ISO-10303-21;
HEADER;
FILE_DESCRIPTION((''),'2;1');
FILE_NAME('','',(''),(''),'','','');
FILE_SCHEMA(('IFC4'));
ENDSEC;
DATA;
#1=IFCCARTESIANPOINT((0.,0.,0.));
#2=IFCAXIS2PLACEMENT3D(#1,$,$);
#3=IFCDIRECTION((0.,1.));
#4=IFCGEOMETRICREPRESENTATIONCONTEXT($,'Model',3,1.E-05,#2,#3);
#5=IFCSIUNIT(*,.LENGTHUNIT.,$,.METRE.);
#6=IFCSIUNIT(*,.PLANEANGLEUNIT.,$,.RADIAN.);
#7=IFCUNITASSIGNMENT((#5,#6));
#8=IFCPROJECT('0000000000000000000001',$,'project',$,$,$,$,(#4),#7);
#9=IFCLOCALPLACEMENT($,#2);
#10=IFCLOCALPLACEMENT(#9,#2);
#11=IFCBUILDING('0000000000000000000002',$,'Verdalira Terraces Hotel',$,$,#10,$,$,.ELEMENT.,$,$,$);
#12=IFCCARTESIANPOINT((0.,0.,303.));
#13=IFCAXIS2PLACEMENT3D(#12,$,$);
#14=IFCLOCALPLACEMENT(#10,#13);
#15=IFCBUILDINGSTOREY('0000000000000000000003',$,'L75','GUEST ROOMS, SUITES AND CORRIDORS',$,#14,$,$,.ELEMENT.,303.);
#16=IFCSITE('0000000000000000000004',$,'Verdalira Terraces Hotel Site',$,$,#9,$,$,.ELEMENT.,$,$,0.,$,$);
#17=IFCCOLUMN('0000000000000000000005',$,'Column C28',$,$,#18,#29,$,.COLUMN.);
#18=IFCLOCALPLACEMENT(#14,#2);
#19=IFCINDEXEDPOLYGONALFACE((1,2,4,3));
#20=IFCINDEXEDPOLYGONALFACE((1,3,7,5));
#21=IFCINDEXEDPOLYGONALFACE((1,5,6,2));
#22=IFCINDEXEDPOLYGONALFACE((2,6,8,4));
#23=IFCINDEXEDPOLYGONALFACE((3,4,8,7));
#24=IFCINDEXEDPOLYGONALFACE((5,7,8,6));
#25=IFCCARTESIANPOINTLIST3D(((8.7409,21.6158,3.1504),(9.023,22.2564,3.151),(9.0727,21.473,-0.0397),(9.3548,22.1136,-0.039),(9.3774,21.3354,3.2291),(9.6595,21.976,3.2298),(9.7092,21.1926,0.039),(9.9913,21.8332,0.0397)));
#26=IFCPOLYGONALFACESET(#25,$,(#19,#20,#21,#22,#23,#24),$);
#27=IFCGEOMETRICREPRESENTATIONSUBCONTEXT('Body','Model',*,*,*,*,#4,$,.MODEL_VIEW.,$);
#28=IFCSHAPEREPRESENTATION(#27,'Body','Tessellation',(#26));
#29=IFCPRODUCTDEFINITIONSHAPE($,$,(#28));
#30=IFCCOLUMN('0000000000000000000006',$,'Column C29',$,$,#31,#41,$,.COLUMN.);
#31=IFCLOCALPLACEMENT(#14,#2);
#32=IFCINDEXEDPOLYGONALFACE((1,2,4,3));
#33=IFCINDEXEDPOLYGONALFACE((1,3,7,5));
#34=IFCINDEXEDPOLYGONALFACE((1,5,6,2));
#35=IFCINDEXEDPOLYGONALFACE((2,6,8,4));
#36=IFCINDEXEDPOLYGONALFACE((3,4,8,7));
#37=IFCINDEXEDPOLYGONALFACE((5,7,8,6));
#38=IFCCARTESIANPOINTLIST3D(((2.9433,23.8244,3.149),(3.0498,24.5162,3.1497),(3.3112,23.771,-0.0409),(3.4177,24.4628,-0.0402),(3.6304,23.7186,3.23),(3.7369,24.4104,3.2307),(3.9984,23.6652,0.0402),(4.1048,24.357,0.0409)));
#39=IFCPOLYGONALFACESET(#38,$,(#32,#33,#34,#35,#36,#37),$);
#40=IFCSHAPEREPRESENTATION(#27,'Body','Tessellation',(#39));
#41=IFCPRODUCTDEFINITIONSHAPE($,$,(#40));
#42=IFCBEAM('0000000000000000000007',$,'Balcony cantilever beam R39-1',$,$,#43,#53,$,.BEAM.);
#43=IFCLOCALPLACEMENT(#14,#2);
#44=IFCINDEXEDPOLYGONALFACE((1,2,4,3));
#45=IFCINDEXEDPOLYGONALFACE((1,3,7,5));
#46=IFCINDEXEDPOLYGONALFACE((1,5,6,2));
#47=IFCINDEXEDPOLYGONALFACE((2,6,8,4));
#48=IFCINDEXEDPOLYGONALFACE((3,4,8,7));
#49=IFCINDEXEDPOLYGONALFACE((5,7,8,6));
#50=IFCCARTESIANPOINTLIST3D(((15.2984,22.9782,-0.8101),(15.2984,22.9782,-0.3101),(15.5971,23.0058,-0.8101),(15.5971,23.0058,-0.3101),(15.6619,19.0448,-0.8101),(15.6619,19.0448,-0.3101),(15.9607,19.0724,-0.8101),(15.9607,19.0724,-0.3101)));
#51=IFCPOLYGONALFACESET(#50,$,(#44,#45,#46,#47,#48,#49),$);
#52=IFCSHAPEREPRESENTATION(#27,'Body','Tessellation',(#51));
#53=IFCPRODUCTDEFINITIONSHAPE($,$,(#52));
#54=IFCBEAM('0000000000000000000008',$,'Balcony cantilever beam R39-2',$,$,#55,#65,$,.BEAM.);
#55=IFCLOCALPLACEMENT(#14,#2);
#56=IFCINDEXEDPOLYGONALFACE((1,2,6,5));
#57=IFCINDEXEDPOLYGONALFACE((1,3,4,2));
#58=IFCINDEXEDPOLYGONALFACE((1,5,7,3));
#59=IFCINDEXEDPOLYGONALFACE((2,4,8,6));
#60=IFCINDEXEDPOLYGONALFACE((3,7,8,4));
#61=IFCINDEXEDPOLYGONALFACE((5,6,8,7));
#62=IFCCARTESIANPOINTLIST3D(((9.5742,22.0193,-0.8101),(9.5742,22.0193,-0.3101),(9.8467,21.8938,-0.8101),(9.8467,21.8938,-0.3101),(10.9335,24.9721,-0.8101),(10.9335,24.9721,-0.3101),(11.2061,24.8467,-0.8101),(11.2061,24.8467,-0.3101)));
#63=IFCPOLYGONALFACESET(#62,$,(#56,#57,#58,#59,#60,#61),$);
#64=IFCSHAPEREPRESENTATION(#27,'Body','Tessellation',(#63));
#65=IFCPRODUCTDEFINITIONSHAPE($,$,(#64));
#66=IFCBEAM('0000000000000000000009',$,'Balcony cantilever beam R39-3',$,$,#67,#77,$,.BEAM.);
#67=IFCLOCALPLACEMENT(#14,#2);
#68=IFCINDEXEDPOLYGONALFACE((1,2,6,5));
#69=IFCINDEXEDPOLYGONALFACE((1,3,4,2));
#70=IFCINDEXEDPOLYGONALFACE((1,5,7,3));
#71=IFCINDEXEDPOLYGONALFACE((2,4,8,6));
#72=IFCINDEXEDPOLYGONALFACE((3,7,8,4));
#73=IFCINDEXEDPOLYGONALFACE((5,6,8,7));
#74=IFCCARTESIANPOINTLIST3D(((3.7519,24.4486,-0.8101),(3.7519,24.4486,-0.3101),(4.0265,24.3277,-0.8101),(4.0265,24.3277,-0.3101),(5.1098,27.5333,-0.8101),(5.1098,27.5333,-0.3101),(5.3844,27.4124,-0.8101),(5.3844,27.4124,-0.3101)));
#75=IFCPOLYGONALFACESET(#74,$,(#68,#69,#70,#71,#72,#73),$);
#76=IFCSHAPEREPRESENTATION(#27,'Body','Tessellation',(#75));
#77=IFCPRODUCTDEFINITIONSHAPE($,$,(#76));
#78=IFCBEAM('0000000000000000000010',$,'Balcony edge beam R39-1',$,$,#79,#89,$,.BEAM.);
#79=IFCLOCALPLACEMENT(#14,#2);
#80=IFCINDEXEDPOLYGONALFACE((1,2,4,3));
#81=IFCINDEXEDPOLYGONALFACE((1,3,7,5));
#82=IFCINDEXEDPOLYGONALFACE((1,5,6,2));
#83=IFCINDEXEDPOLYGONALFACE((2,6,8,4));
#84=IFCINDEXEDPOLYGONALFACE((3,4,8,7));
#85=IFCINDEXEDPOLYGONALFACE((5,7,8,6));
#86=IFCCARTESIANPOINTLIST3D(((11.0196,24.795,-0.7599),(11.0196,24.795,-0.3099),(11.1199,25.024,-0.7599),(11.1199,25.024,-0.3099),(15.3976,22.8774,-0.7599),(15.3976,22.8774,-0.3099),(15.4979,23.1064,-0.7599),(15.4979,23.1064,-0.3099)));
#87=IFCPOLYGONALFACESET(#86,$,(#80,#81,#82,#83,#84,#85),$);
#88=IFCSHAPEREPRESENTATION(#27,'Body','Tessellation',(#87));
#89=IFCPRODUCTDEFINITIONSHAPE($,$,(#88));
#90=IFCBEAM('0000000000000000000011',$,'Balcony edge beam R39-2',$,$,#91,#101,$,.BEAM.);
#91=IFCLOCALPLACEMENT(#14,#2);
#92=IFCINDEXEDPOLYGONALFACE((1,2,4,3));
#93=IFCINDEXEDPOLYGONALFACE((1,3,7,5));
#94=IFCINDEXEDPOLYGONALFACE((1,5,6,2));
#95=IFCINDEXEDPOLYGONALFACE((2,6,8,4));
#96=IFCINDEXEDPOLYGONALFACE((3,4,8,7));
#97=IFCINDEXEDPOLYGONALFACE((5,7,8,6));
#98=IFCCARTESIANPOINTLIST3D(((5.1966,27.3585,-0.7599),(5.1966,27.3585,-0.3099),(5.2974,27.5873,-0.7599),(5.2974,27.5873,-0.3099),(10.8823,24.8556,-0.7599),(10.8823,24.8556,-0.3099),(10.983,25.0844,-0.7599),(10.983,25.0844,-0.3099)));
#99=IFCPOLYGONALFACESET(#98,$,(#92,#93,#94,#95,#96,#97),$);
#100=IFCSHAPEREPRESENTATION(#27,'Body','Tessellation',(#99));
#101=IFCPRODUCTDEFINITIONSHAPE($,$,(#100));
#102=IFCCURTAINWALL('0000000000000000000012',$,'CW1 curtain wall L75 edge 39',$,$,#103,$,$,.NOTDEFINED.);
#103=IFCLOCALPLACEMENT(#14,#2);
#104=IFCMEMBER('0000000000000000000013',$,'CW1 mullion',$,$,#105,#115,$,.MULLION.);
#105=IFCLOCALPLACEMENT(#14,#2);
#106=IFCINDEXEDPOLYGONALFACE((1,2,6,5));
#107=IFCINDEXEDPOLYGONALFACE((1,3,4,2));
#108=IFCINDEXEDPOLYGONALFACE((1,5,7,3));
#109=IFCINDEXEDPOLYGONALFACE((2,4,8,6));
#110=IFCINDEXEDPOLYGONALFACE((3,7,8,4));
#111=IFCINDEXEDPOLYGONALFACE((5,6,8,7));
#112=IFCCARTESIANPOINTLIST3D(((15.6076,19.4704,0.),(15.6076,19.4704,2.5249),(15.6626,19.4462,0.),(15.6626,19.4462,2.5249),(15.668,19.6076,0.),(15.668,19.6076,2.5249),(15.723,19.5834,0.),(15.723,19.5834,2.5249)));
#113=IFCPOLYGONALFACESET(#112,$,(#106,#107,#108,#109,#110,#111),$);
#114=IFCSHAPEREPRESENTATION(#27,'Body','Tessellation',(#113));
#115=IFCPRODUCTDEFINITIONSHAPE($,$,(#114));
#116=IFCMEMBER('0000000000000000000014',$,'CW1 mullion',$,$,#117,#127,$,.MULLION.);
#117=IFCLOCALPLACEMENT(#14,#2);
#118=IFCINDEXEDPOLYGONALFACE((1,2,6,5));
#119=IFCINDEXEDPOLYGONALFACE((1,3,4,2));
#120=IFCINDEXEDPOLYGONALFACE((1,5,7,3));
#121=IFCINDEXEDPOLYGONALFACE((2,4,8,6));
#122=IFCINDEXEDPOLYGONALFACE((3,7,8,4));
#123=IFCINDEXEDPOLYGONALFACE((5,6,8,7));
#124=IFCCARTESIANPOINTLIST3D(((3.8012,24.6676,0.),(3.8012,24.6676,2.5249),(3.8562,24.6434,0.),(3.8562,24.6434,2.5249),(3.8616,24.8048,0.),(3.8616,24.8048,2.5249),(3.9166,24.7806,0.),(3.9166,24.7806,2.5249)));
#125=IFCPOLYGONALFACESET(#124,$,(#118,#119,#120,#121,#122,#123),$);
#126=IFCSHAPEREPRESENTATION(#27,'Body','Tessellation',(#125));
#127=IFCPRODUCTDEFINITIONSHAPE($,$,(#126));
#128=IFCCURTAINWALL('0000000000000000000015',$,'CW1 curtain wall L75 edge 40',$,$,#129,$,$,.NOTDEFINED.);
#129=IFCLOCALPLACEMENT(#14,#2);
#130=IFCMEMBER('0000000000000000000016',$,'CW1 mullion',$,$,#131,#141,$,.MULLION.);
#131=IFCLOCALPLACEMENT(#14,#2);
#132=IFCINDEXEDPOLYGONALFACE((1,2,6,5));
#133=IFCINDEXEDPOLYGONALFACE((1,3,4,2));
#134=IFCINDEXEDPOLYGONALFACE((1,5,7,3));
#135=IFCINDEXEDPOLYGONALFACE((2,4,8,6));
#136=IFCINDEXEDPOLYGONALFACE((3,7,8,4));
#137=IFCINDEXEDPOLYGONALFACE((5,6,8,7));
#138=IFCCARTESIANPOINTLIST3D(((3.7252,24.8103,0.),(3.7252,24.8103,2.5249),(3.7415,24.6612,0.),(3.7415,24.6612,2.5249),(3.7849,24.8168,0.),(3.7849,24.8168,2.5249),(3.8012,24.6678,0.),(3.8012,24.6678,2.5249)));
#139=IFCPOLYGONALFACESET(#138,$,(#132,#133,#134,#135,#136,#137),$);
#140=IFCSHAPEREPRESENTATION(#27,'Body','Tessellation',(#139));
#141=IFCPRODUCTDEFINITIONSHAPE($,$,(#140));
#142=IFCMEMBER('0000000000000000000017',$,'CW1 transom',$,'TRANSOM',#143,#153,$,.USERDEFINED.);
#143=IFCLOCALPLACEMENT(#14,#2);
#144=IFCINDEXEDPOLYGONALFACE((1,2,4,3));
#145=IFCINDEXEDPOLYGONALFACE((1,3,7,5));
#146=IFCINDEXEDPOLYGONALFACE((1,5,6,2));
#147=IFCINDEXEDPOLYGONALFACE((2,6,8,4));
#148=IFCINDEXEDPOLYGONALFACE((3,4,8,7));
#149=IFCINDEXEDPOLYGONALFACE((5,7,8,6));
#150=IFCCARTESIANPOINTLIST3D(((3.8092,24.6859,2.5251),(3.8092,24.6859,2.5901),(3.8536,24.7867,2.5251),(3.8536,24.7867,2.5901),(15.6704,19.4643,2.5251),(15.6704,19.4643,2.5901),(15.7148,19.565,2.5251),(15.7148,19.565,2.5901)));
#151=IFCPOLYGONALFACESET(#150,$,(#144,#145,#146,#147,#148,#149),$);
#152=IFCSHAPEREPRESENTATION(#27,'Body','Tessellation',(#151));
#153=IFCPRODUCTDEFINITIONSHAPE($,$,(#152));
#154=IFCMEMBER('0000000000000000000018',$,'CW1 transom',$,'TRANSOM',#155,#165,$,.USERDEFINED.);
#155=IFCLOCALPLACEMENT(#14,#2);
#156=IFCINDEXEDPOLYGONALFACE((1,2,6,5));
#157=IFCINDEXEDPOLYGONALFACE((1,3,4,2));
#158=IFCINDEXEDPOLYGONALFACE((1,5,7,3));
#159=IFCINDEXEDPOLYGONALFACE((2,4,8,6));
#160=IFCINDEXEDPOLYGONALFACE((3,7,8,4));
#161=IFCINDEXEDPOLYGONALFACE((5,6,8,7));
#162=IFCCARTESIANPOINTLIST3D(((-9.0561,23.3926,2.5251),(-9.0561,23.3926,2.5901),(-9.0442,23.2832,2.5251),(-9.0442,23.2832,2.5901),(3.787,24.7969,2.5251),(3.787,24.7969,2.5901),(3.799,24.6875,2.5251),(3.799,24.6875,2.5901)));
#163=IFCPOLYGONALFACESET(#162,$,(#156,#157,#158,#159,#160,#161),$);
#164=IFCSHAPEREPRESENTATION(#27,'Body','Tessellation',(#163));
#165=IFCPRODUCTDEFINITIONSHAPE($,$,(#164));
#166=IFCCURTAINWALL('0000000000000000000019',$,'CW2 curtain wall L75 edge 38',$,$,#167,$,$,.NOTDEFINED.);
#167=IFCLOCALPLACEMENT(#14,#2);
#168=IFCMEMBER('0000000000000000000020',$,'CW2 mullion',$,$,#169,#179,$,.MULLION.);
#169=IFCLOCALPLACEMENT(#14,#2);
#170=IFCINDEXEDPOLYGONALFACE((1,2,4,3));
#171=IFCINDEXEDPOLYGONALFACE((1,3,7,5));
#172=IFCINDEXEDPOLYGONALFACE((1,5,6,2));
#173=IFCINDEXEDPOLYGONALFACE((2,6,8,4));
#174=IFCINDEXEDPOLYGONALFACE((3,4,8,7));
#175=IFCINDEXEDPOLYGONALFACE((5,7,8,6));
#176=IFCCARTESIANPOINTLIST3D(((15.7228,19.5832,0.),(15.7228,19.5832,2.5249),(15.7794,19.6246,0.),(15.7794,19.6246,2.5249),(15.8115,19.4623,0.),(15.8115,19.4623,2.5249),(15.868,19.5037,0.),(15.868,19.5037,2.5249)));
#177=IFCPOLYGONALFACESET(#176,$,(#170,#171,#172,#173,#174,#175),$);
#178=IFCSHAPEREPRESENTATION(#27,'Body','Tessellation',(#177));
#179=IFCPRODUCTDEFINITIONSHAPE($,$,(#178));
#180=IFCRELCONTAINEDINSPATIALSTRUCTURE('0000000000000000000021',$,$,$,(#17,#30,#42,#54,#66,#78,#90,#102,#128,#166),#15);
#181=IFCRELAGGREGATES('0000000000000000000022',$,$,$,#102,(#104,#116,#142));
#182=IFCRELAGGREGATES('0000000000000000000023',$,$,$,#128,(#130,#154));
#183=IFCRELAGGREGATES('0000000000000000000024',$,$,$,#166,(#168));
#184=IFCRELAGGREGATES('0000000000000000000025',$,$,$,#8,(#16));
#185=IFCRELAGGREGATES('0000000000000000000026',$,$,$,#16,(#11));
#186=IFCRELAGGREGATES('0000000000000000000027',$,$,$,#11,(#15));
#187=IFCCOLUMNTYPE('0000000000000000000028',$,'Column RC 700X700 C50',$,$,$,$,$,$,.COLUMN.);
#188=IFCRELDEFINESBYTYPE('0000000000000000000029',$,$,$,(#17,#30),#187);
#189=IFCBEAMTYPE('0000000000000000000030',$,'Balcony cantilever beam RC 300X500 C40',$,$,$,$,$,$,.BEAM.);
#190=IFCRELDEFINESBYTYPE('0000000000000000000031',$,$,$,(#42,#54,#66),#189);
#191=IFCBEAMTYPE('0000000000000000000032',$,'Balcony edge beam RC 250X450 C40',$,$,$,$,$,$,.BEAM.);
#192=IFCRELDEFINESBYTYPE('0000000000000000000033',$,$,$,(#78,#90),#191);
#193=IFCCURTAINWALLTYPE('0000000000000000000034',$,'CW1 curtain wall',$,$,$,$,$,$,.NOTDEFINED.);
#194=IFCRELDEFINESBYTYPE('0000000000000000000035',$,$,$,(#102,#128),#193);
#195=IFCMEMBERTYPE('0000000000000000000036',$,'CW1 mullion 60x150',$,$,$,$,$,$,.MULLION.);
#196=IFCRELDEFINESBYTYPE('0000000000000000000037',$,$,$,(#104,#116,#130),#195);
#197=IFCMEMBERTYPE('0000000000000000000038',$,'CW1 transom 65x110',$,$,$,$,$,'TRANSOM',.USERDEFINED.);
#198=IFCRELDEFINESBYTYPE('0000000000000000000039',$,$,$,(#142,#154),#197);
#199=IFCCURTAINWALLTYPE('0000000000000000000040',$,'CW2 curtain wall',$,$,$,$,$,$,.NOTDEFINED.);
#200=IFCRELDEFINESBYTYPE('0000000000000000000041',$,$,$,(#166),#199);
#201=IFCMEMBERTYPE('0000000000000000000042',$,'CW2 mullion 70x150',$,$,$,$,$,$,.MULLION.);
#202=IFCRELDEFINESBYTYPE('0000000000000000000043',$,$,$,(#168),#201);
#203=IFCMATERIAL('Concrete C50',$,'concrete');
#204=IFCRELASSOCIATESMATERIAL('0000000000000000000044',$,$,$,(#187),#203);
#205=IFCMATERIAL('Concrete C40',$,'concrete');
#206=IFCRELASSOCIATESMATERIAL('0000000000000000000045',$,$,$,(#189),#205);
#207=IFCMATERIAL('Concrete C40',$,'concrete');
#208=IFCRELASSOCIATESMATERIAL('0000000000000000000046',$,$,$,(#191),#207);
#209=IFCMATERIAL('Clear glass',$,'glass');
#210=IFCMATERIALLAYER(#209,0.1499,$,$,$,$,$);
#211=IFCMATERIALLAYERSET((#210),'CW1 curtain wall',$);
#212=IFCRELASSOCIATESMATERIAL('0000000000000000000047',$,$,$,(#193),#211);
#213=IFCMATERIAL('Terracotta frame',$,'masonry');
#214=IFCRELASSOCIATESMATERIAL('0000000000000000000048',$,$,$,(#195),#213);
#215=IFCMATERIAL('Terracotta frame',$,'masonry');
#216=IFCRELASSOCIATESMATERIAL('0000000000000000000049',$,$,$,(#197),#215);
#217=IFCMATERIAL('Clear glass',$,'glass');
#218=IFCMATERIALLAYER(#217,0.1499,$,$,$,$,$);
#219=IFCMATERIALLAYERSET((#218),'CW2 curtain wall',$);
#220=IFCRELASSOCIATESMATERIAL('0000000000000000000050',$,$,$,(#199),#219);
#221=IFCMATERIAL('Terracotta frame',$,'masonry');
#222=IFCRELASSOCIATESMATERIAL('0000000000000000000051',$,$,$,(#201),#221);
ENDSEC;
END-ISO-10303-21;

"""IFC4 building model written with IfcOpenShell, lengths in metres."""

from ifc_helpers import new_model, si_unit, direction, frame, origin, origin_2d, place, context, subcontext, project, spatial, rectangle, extrude, material, layer, layer_set, material_profile, profile_set, type_object, element, aggregate, save


model = new_model("IFC4")

# Units and contexts
model_context = context("Model", 3, precision=1e-05, world=origin(), true_north=direction((0.0, 1.0)))
body_context = subcontext(model_context, "Body", "Model", "MODEL_VIEW")
ifc_project = project(units=[si_unit("LENGTHUNIT", "METRE"), si_unit("PLANEANGLEUNIT", "RADIAN")], contexts=[model_context])

# Site, building, storey
site_placement = place(None, origin())
site = spatial("IfcSite", under=ifc_project, at=site_placement, Name="Verdalira Terraces Hotel Site", CompositionType="ELEMENT", RefElevation=0.0)
building_placement = place(site_placement, origin())
building = spatial("IfcBuilding", under=site, at=building_placement, Name="Verdalira Terraces Hotel", CompositionType="ELEMENT")
storey_placement = place(building_placement, frame((0.0, 0.0, 303.0)))
storey = spatial("IfcBuildingStorey", under=building, at=storey_placement, Name="L75", Description="GUEST ROOMS, SUITES AND CORRIDORS", CompositionType="ELEMENT", Elevation=303.0)

# Columns
ifc_material_1 = material(Name="Concrete C50", Category="concrete")
ifc_material_profile_1 = material_profile(ifc_material_1, rectangle(XDim=0.7, YDim=0.7, at=origin_2d()), Name="RC 700X700")
ifc_profile_set_1 = profile_set([ifc_material_profile_1], Name="Concrete C50")
column_type = type_object("IfcColumnType", Name="Column RC 700X700 C50", PredefinedType="COLUMN", material=ifc_profile_set_1)
column_1_placement = place(storey_placement, frame((9.532, 21.6531, 0.0), z_axis=(-0.10335, 0.044488, 0.99365), x_axis=(-0.909316, 0.400607, -0.112515)))
element("IfcColumn", 1, at=column_1_placement, inside=storey, type_object=column_type, Name="Column C28", PredefinedType="COLUMN", context=body_context, shape_type="SweptSolid", body=[
    extrude(rectangle(XDim=0.7, YDim=0.7, at=origin_2d()), origin(), (0.0, 0.0, 1.0), 3.2104),
])
column_2_placement = place(storey_placement, frame((3.708, 24.064, 0.0), z_axis=(-0.114562, 0.016648, 0.993277), x_axis=(0.981704, -0.151185, 0.115761)))
element("IfcColumn", 2, at=column_2_placement, inside=storey, type_object=column_type, Name="Column C29", PredefinedType="COLUMN", context=body_context, shape_type="SweptSolid", body=[
    extrude(rectangle(XDim=0.7, YDim=0.7, at=origin_2d()), origin(), (0.0, 0.0, 1.0), 3.2114),
])

# Beams
ifc_material_2 = material(Name="Concrete C40", Category="concrete")
ifc_material_profile_2 = material_profile(ifc_material_2, rectangle(XDim=0.3, YDim=0.5, at=origin_2d()), Name="RC 300X500")
ifc_profile_set_2 = profile_set([ifc_material_profile_2], Name="Concrete C40")
beam_type_1 = type_object("IfcBeamType", Name="Balcony cantilever beam RC 300X500 C40", PredefinedType="BEAM", material=ifc_profile_set_2)
beam_1_placement = place(storey_placement, frame((15.8113, 19.0586, -0.5601), z_axis=(-0.092029, 0.995756, 0.0), x_axis=(-0.995756, -0.092029, 0.0)))
element("IfcBeam", 3, at=beam_1_placement, inside=storey, type_object=beam_type_1, Name="Balcony cantilever beam R39-1", PredefinedType="BEAM", context=body_context, shape_type="SweptSolid", body=[
    extrude(rectangle(XDim=0.3, YDim=0.5, at=origin_2d()), origin(), (0.0, 0.0, 1.0), 3.9502),
])
beam_2_placement = place(storey_placement, frame((9.7104, 21.9565, -0.5601), z_axis=(0.418172, 0.908368, 0.0), x_axis=(-0.908368, 0.418172, 0.0)))
element("IfcBeam", 4, at=beam_2_placement, inside=storey, type_object=beam_type_1, Name="Balcony cantilever beam R39-2", PredefinedType="BEAM", context=body_context, shape_type="SweptSolid", body=[
    extrude(rectangle(XDim=0.3, YDim=0.5, at=origin_2d()), origin(), (0.0, 0.0, 1.0), 3.2507),
])
beam_3_placement = place(storey_placement, frame((3.8892, 24.3882, -0.5601), z_axis=(0.402896, 0.915246, 0.0), x_axis=(-0.915246, 0.402896, 0.0)))
element("IfcBeam", 5, at=beam_3_placement, inside=storey, type_object=beam_type_1, Name="Balcony cantilever beam R39-3", PredefinedType="BEAM", context=body_context, shape_type="SweptSolid", body=[
    extrude(rectangle(XDim=0.3, YDim=0.5, at=origin_2d()), origin(), (0.0, 0.0, 1.0), 3.3704),
])
ifc_material_3 = material(Name="Concrete C40", Category="concrete")
ifc_material_profile_3 = material_profile(ifc_material_3, rectangle(XDim=0.25, YDim=0.45, at=origin_2d()), Name="RC 250X450")
ifc_profile_set_3 = profile_set([ifc_material_profile_3], Name="Concrete C40")
beam_type_2 = type_object("IfcBeamType", Name="Balcony edge beam RC 250X450 C40", PredefinedType="BEAM", material=ifc_profile_set_3)
beam_4_placement = place(storey_placement, frame((15.4478, 22.9919, -0.5349), z_axis=(-0.915993, 0.401194, 0.0), x_axis=(-0.401194, -0.915993, 0.0)))
element("IfcBeam", 6, at=beam_4_placement, inside=storey, type_object=beam_type_2, Name="Balcony edge beam R39-1", PredefinedType="BEAM", context=body_context, shape_type="SweptSolid", body=[
    extrude(rectangle(XDim=0.25, YDim=0.45, at=origin_2d()), origin(), (0.0, 0.0, 1.0), 4.7795),
])
beam_5_placement = place(storey_placement, frame((10.9326, 24.97, -0.5349), z_axis=(-0.915239, 0.402912, 0.0), x_axis=(-0.402912, -0.915239, 0.0)))
element("IfcBeam", 7, at=beam_5_placement, inside=storey, type_object=beam_type_2, Name="Balcony edge beam R39-2", PredefinedType="BEAM", context=body_context, shape_type="SweptSolid", body=[
    extrude(rectangle(XDim=0.25, YDim=0.45, at=origin_2d()), origin(), (0.0, 0.0, 1.0), 6.2122),
])

# Curtain wall, members
ifc_material_4 = material(Name="Clear glass", Category="glass")
ifc_layer_1 = layer(ifc_material_4, 0.1499)
ifc_layer_set_1 = layer_set([ifc_layer_1], Name="CW1 curtain wall")
curtain_wall_type_1 = type_object("IfcCurtainWallType", Name="CW1 curtain wall", PredefinedType="NOTDEFINED", material=ifc_layer_set_1)
curtain_wall_1_placement = place(storey_placement, origin())
curtain_wall_1 = element("IfcCurtainWall", 8, at=curtain_wall_1_placement, inside=storey, type_object=curtain_wall_type_1, Name="CW1 curtain wall L75 edge 39", PredefinedType="NOTDEFINED")
ifc_material_5 = material(Name="Terracotta frame", Category="masonry")
ifc_material_profile_4 = material_profile(ifc_material_5, rectangle(XDim=0.0601, YDim=0.1499, at=origin_2d()), Name="MU 60x150")
ifc_profile_set_4 = profile_set([ifc_material_profile_4], Name="Terracotta frame")
member_type_1 = type_object("IfcMemberType", Name="CW1 mullion 60x150", PredefinedType="MULLION", material=ifc_profile_set_4)
member_1_placement = place(storey_placement, frame((15.6653, 19.5269, 0.0), z_axis=(0.0, 0.0, 1.0), x_axis=(-0.915241, 0.402906, 0.0)))
member_1 = element("IfcMember", 9, at=member_1_placement, type_object=member_type_1, Name="CW1 mullion", PredefinedType="MULLION", context=body_context, shape_type="SweptSolid", body=[
    extrude(rectangle(XDim=0.0601, YDim=0.1499, at=origin_2d()), origin(), (0.0, 0.0, 1.0), 2.5249),
])
member_2_placement = place(storey_placement, frame((3.8589, 24.7241, 0.0), z_axis=(0.0, 0.0, 1.0), x_axis=(-0.915241, 0.402906, 0.0)))
member_2 = element("IfcMember", 10, at=member_2_placement, type_object=member_type_1, Name="CW1 mullion", PredefinedType="MULLION", context=body_context, shape_type="SweptSolid", body=[
    extrude(rectangle(XDim=0.0601, YDim=0.1499, at=origin_2d()), origin(), (0.0, 0.0, 1.0), 2.5249),
])

# Curtain wall, member
curtain_wall_2_placement = place(storey_placement, origin())
curtain_wall_2 = element("IfcCurtainWall", 11, at=curtain_wall_2_placement, inside=storey, type_object=curtain_wall_type_1, Name="CW1 curtain wall L75 edge 40", PredefinedType="NOTDEFINED")
member_3_placement = place(storey_placement, frame((3.7632, 24.739, 0.0), z_axis=(0.0, 0.0, 1.0), x_axis=(-0.994075, -0.108693, 0.0)))
member_3 = element("IfcMember", 12, at=member_3_placement, type_object=member_type_1, Name="CW1 mullion", PredefinedType="MULLION", context=body_context, shape_type="SweptSolid", body=[
    extrude(rectangle(XDim=0.0601, YDim=0.1499, at=origin_2d()), origin(), (0.0, 0.0, 1.0), 2.5249),
])

# Members
ifc_material_6 = material(Name="Terracotta frame", Category="masonry")
ifc_material_profile_5 = material_profile(ifc_material_6, rectangle(XDim=0.1101, YDim=0.0649, at=origin_2d()), Name="TR 65x110")
ifc_profile_set_5 = profile_set([ifc_material_profile_5], Name="Terracotta frame")
member_type_2 = type_object("IfcMemberType", Name="CW1 transom 65x110", ElementType="TRANSOM", PredefinedType="USERDEFINED", material=ifc_profile_set_5)
member_4_placement = place(storey_placement, frame((15.6926, 19.5146, 2.5576), z_axis=(-0.915238, 0.402913, 0.0), x_axis=(-0.402913, -0.915238, 0.0)))
member_4 = element("IfcMember", 13, at=member_4_placement, type_object=member_type_2, Name="CW1 transom", ObjectType="TRANSOM", PredefinedType="USERDEFINED", context=body_context, shape_type="SweptSolid", body=[
    extrude(rectangle(XDim=0.1101, YDim=0.0649, at=origin_2d()), origin(), (0.0, 0.0, 1.0), 12.9597),
])
member_5_placement = place(storey_placement, frame((3.793, 24.7422, 2.5576), z_axis=(-0.994075, -0.108695, 0.0), x_axis=(0.108695, -0.994075, 0.0)))
member_5 = element("IfcMember", 14, at=member_5_placement, type_object=member_type_2, Name="CW1 transom", ObjectType="TRANSOM", PredefinedType="USERDEFINED", context=body_context, shape_type="SweptSolid", body=[
    extrude(rectangle(XDim=0.1101, YDim=0.0649, at=origin_2d()), origin(), (0.0, 0.0, 1.0), 12.9197),
])

# Curtain wall, member
ifc_material_7 = material(Name="Clear glass", Category="glass")
ifc_layer_2 = layer(ifc_material_7, 0.1499)
ifc_layer_set_2 = layer_set([ifc_layer_2], Name="CW2 curtain wall")
curtain_wall_type_2 = type_object("IfcCurtainWallType", Name="CW2 curtain wall", PredefinedType="NOTDEFINED", material=ifc_layer_set_2)
curtain_wall_3_placement = place(storey_placement, origin())
curtain_wall_3 = element("IfcCurtainWall", 15, at=curtain_wall_3_placement, inside=storey, type_object=curtain_wall_type_2, Name="CW2 curtain wall L75 edge 38", PredefinedType="NOTDEFINED")
ifc_material_8 = material(Name="Terracotta frame", Category="masonry")
ifc_material_profile_6 = material_profile(ifc_material_8, rectangle(XDim=0.0701, YDim=0.1499, at=origin_2d()), Name="MU 70x150")
ifc_profile_set_6 = profile_set([ifc_material_profile_6], Name="Terracotta frame")
member_type_3 = type_object("IfcMemberType", Name="CW2 mullion 70x150", PredefinedType="MULLION", material=ifc_profile_set_6)
member_6_placement = place(storey_placement, frame((15.7954, 19.5435, 0.0), z_axis=(0.0, 0.0, 1.0), x_axis=(-0.806548, -0.591169, 0.0)))
member_6 = element("IfcMember", 16, at=member_6_placement, type_object=member_type_3, Name="CW2 mullion", PredefinedType="MULLION", context=body_context, shape_type="SweptSolid", body=[
    extrude(rectangle(XDim=0.0701, YDim=0.1499, at=origin_2d()), origin(), (0.0, 0.0, 1.0), 2.5249),
])

aggregate(curtain_wall_1, [member_1, member_2, member_4])
aggregate(curtain_wall_2, [member_3, member_5])
aggregate(curtain_wall_3, [member_6])

save(model, "model.ifc")
